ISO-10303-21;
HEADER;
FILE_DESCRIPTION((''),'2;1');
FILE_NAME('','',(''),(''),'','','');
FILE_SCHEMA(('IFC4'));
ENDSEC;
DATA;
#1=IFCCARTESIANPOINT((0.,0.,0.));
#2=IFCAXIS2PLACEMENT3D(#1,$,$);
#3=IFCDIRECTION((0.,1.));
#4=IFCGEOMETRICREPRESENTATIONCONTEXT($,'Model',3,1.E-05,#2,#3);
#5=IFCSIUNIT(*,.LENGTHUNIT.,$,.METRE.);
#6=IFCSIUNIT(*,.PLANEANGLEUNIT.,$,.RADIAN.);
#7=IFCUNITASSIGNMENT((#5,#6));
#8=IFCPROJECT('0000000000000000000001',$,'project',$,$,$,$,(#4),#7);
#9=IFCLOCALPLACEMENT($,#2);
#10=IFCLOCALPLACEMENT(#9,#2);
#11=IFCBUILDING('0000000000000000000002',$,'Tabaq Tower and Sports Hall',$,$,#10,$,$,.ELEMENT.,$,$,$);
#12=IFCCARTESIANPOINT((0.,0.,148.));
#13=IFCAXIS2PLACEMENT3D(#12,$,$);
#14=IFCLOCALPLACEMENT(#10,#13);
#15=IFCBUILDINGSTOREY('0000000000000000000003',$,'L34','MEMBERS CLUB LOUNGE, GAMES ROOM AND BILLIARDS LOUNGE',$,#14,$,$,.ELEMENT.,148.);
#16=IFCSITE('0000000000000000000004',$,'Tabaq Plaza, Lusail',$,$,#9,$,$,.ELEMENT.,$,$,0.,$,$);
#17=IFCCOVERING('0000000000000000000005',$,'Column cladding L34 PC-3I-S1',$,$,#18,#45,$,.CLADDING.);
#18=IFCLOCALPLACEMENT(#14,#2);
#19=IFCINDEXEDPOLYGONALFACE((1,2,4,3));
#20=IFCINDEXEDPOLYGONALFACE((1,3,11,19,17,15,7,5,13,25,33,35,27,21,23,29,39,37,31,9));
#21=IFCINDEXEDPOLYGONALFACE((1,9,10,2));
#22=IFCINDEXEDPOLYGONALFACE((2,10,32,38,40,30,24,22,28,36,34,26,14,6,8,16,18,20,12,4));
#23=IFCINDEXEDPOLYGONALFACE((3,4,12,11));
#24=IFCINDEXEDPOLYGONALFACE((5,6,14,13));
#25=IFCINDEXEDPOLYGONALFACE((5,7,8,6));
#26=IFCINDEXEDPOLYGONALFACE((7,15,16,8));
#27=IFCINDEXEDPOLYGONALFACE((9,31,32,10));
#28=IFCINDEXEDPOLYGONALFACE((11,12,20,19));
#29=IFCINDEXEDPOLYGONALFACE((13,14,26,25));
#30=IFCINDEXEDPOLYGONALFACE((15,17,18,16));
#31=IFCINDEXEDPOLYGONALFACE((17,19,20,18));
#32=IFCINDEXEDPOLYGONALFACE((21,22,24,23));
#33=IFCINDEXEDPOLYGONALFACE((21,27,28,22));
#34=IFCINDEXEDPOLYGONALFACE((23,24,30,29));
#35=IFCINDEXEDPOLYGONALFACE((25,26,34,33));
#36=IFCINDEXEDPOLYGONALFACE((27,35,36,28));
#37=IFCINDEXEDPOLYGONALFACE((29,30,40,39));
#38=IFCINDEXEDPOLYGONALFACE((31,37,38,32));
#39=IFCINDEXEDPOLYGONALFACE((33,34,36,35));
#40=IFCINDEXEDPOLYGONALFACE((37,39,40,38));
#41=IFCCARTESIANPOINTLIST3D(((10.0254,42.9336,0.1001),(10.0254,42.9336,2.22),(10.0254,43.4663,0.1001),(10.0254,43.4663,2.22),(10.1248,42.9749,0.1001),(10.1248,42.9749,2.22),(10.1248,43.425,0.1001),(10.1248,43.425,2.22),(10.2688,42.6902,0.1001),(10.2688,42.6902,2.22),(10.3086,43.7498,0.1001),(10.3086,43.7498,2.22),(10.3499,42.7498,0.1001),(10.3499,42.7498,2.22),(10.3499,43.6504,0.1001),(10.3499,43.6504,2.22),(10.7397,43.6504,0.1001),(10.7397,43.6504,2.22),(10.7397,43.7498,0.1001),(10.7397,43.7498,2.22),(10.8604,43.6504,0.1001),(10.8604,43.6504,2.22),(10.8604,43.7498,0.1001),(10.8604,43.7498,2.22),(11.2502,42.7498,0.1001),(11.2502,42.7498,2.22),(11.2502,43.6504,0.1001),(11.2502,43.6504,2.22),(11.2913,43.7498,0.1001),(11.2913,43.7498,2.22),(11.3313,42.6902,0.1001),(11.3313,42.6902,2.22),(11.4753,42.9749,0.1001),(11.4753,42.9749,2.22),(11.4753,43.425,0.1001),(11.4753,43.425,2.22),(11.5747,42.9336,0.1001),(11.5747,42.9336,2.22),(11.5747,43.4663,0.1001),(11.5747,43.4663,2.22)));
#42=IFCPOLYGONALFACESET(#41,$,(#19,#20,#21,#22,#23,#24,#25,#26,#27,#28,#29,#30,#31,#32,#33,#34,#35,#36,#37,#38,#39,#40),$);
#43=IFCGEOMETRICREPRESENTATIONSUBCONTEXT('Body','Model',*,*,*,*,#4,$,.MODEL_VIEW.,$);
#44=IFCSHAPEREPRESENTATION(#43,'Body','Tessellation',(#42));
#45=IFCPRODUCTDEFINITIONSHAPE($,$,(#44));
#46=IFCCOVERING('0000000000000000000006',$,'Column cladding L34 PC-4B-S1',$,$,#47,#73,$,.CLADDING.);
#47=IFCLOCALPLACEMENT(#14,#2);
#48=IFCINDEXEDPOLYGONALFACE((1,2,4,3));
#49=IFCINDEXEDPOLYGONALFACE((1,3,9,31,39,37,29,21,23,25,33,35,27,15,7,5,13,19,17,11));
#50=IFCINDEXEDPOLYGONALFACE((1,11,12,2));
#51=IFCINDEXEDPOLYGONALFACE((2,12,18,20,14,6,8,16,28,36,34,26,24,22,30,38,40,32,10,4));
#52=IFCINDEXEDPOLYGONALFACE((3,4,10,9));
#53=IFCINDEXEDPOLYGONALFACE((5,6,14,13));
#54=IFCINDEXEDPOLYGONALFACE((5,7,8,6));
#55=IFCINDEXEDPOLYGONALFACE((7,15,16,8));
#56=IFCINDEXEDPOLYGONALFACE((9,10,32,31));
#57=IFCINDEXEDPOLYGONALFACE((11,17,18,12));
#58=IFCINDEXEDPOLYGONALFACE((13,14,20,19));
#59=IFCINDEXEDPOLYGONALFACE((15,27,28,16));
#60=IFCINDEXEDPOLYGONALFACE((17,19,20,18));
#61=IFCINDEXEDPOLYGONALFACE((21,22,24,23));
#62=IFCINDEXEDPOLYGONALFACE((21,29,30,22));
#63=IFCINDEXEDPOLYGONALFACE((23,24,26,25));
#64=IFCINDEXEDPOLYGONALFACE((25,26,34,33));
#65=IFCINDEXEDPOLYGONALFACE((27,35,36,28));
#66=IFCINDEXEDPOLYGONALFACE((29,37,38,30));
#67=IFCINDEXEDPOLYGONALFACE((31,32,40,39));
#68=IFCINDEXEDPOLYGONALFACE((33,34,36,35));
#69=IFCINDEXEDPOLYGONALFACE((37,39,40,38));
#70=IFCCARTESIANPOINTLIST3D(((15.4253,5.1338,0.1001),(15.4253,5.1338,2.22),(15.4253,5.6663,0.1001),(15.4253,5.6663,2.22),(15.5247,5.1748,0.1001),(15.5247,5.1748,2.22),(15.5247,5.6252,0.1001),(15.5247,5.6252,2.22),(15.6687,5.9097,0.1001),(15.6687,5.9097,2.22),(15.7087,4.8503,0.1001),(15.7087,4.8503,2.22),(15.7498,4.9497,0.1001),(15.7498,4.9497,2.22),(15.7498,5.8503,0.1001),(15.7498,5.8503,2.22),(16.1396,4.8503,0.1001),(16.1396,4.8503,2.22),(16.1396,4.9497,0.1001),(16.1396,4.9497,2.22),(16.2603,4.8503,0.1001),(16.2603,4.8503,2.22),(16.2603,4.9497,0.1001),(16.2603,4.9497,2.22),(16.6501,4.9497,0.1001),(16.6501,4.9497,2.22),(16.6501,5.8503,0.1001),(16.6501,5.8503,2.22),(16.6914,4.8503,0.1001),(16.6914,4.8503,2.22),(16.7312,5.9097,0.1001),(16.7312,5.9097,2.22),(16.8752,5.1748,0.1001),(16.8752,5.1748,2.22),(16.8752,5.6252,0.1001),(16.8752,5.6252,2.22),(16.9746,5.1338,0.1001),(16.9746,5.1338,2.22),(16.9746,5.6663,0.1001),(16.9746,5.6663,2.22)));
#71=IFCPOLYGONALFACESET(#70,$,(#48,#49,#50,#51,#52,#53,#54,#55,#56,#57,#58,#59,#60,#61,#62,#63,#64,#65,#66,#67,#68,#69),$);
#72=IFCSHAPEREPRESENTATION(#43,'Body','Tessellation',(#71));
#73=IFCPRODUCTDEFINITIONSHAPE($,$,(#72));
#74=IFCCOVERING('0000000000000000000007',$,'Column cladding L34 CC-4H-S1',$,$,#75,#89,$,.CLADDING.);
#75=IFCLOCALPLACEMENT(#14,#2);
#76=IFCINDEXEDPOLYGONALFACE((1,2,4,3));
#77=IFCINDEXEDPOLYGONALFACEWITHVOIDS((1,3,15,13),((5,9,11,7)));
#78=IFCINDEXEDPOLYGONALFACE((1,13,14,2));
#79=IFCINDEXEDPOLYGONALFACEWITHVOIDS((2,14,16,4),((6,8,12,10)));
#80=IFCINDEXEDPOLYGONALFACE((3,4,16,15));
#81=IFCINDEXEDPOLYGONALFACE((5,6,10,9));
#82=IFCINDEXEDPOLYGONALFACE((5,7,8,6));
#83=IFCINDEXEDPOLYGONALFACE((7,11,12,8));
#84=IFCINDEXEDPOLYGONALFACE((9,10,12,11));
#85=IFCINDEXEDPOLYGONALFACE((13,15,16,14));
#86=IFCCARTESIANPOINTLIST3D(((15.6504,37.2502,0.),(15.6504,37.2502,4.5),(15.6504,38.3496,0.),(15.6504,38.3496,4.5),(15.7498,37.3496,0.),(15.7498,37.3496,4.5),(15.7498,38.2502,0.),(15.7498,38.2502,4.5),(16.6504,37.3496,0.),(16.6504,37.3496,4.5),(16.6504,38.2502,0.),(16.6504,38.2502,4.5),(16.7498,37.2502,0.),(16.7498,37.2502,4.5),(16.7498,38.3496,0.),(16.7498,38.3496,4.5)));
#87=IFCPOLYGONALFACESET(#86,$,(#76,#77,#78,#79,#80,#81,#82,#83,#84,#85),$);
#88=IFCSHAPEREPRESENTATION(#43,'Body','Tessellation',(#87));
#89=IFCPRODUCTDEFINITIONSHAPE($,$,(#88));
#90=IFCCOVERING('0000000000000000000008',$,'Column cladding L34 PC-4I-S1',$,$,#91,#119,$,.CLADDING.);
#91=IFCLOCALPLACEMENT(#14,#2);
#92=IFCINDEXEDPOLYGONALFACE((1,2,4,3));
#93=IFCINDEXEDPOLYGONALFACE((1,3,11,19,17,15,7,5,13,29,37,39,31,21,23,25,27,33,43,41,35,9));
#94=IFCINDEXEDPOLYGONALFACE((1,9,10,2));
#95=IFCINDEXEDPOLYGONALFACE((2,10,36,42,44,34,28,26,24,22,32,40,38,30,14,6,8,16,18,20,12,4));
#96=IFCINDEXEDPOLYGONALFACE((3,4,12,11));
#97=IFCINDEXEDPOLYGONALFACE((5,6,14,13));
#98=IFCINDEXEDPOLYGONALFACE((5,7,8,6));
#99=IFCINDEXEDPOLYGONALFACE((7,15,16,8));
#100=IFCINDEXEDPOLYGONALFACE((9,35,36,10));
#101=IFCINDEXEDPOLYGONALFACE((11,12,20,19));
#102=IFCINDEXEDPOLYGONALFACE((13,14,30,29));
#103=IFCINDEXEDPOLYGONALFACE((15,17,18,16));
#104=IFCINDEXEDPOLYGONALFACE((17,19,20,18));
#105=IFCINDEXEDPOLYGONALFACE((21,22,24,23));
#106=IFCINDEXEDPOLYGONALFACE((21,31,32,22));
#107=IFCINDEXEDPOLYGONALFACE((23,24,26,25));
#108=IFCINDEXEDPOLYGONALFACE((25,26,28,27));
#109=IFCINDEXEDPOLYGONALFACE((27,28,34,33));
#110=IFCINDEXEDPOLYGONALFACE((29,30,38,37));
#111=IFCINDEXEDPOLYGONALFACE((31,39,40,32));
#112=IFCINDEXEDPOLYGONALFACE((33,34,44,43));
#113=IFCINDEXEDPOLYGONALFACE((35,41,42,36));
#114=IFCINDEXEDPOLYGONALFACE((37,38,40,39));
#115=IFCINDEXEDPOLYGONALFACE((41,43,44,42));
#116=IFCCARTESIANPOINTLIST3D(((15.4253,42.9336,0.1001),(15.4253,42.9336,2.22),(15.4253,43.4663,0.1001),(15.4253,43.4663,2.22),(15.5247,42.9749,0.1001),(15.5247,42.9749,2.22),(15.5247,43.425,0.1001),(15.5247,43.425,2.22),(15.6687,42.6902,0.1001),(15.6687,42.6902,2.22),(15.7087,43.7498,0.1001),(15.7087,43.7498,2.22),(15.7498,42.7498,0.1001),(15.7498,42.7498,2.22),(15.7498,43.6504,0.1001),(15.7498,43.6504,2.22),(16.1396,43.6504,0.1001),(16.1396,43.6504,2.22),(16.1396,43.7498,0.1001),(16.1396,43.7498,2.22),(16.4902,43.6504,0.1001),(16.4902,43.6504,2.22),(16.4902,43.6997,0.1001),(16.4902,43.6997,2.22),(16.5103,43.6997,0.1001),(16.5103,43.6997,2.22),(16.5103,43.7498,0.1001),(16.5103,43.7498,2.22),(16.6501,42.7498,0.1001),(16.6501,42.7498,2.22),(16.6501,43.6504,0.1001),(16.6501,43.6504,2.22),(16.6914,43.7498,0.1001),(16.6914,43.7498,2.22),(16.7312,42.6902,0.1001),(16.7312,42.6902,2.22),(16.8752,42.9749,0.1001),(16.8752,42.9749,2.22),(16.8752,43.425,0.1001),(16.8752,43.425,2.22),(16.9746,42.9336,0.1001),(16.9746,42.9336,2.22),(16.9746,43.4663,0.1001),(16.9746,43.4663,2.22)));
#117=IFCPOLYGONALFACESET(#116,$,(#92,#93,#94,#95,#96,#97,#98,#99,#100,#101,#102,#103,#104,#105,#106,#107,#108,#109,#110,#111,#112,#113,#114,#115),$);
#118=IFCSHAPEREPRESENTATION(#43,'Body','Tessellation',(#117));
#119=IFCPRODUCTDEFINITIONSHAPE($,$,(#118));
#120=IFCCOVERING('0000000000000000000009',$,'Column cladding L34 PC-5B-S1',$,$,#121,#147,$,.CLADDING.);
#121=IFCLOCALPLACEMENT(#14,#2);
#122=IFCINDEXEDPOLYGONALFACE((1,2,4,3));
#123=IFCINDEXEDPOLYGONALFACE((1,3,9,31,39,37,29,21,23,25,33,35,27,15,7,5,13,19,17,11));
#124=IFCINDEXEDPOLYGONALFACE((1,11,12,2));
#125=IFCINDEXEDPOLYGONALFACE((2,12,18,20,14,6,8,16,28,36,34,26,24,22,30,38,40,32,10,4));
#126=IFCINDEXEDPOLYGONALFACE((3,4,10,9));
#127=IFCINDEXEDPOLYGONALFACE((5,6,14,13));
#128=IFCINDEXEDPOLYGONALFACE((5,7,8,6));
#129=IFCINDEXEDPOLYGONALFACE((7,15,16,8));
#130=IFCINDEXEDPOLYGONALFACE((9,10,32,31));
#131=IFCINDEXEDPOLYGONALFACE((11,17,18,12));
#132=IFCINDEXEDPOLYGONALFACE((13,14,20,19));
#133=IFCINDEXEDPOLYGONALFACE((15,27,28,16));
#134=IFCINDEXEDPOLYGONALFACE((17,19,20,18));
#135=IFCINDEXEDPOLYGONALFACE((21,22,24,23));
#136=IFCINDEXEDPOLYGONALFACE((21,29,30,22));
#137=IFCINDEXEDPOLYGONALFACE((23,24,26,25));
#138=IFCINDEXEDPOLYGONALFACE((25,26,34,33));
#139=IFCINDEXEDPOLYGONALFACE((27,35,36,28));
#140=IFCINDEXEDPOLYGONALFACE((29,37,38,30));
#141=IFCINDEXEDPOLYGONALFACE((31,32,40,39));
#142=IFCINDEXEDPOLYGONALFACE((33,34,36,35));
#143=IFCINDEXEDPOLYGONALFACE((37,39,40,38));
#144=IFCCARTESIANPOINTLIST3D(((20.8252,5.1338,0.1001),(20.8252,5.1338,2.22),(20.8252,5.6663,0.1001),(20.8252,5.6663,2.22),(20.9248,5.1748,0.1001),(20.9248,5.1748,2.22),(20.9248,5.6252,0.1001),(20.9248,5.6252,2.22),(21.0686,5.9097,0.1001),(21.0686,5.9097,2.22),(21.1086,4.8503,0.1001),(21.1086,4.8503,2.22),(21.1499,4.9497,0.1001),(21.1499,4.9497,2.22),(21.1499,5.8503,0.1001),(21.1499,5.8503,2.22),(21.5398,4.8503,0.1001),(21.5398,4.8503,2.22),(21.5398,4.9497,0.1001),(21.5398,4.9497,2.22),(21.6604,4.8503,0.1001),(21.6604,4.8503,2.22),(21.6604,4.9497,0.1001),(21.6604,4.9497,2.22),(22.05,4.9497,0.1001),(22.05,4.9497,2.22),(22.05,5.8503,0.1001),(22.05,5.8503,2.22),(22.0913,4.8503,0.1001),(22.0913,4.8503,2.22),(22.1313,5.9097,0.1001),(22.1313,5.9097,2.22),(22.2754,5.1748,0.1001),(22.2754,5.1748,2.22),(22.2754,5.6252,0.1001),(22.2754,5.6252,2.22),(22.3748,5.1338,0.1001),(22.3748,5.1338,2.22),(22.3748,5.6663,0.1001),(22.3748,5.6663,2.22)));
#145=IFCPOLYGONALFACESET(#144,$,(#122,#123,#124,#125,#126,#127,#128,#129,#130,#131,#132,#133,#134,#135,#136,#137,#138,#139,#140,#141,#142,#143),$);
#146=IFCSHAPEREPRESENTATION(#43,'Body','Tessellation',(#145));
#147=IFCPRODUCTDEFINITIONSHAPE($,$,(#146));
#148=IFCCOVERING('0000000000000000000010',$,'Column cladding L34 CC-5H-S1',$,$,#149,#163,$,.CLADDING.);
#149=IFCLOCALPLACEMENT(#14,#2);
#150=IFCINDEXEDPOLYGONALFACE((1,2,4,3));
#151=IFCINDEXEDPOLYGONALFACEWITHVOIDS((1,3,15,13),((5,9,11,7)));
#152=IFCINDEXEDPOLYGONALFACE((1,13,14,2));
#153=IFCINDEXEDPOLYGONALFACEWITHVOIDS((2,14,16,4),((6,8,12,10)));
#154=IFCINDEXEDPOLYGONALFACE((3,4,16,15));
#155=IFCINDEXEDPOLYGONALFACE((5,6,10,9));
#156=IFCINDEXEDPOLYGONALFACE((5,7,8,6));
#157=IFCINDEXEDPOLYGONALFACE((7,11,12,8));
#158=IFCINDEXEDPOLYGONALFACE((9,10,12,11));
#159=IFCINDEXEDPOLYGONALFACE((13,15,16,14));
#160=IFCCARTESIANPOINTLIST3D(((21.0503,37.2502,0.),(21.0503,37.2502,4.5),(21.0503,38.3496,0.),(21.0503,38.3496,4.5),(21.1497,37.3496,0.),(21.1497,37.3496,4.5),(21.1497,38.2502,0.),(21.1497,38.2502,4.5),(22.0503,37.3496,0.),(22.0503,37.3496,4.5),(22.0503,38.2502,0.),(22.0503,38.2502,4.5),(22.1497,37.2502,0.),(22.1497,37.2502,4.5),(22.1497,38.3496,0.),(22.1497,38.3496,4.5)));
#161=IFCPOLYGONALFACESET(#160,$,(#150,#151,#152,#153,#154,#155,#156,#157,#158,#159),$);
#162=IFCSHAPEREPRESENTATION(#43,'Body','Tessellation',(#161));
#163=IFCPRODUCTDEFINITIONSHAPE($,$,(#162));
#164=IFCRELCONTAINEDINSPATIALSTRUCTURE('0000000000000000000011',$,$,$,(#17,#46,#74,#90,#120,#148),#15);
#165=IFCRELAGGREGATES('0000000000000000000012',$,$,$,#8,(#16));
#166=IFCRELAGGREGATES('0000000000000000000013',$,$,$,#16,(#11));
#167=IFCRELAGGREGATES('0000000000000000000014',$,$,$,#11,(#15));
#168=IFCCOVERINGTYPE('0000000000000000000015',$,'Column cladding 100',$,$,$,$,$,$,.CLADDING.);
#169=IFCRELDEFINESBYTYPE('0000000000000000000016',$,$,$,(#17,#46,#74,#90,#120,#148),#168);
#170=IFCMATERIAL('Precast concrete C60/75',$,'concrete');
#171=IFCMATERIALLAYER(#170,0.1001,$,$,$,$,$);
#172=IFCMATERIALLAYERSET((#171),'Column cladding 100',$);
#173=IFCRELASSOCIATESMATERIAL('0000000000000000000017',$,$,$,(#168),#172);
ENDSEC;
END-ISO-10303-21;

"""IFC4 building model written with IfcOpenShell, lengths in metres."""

from ifc_helpers import new_model, si_unit, direction, frame, origin, place, context, subcontext, project, spatial, polyline, outline, extrude, material, layer, layer_set, type_object, element, save


model = new_model("IFC4")

# Units and contexts
model_context = context("Model", 3, precision=1e-05, world=origin(), true_north=direction((0.0, 1.0)))
body_context = subcontext(model_context, "Body", "Model", "MODEL_VIEW")
ifc_project = project(units=[si_unit("LENGTHUNIT", "METRE"), si_unit("PLANEANGLEUNIT", "RADIAN")], contexts=[model_context])

# Site, building, storey
site_placement = place(None, origin())
site = spatial("IfcSite", under=ifc_project, at=site_placement, Name="Tabaq Plaza, Lusail", CompositionType="ELEMENT", RefElevation=0.0)
building_placement = place(site_placement, origin())
building = spatial("IfcBuilding", under=site, at=building_placement, Name="Tabaq Tower and Sports Hall", CompositionType="ELEMENT")
storey_placement = place(building_placement, frame((0.0, 0.0, 148.0)))
storey = spatial("IfcBuildingStorey", under=building, at=storey_placement, Name="L34", Description="MEMBERS CLUB LOUNGE, GAMES ROOM AND BILLIARDS LOUNGE", CompositionType="ELEMENT", Elevation=148.0)

# Coverings
ifc_material_1 = material(Name="Precast concrete C60/75", Category="concrete")
ifc_layer_1 = layer(ifc_material_1, 0.1001)
ifc_layer_set_1 = layer_set([ifc_layer_1], Name="Column cladding 100")
covering_type = type_object("IfcCoveringType", Name="Column cladding 100", PredefinedType="CLADDING", material=ifc_layer_set_1)
covering_1_placement = place(storey_placement, frame((0.0, 0.0, 0.1001)))
element("IfcCovering", 1, at=covering_1_placement, inside=storey, type_object=covering_type, Name="Column cladding L34 PC-3I-S1", PredefinedType="CLADDING", context=body_context, shape_type="SweptSolid", body=[
    extrude(outline(polyline([(10.0254, 43.4663), (10.3086, 43.7498), (10.7397, 43.7498), (10.7397, 43.6504), (10.3499, 43.6504), (10.1248, 43.425), (10.1248, 42.9749), (10.3499, 42.7498), (11.2502, 42.7498), (11.4753, 42.9749), (11.4753, 43.425), (11.2502, 43.6504), (10.8604, 43.6504), (10.8604, 43.7498), (11.2913, 43.7498), (11.5747, 43.4663), (11.5747, 42.9336), (11.3313, 42.6902), (10.2688, 42.6902), (10.0254, 42.9336), (10.0254, 43.4663)])), origin(), (0.0, 0.0, 1.0), 2.1199),
])
covering_2_placement = place(storey_placement, frame((0.0, 0.0, 0.1001)))
element("IfcCovering", 2, at=covering_2_placement, inside=storey, type_object=covering_type, Name="Column cladding L34 PC-4B-S1", PredefinedType="CLADDING", context=body_context, shape_type="SweptSolid", body=[
    extrude(outline(polyline([(15.4253, 5.6663), (15.6687, 5.9097), (16.7312, 5.9097), (16.9746, 5.6663), (16.9746, 5.1338), (16.6914, 4.8503), (16.2603, 4.8503), (16.2603, 4.9497), (16.6501, 4.9497), (16.8752, 5.1748), (16.8752, 5.6252), (16.6501, 5.8503), (15.7498, 5.8503), (15.5247, 5.6252), (15.5247, 5.1748), (15.7498, 4.9497), (16.1396, 4.9497), (16.1396, 4.8503), (15.7087, 4.8503), (15.4253, 5.1338), (15.4253, 5.6663)])), origin(), (0.0, 0.0, 1.0), 2.1199),
])
covering_3_placement = place(storey_placement, origin())
element("IfcCovering", 3, at=covering_3_placement, inside=storey, type_object=covering_type, Name="Column cladding L34 CC-4H-S1", PredefinedType="CLADDING", context=body_context, shape_type="SweptSolid", body=[
    extrude(outline(polyline([(15.6504, 38.3496), (16.7498, 38.3496), (16.7498, 37.2502), (15.6504, 37.2502), (15.6504, 38.3496)]), holes=[polyline([(16.6504, 37.3496), (16.6504, 38.2502), (15.7498, 38.2502), (15.7498, 37.3496), (16.6504, 37.3496)])]), origin(), (0.0, 0.0, 1.0), 4.5),
])
covering_4_placement = place(storey_placement, frame((0.0, 0.0, 0.1001)))
element("IfcCovering", 4, at=covering_4_placement, inside=storey, type_object=covering_type, Name="Column cladding L34 PC-4I-S1", PredefinedType="CLADDING", context=body_context, shape_type="SweptSolid", body=[
    extrude(outline(polyline([(15.4253, 43.4663), (15.7087, 43.7498), (16.1396, 43.7498), (16.1396, 43.6504), (15.7498, 43.6504), (15.5247, 43.425), (15.5247, 42.9749), (15.7498, 42.7498), (16.6501, 42.7498), (16.8752, 42.9749), (16.8752, 43.425), (16.6501, 43.6504), (16.4902, 43.6504), (16.4902, 43.6997), (16.5103, 43.6997), (16.5103, 43.7498), (16.6914, 43.7498), (16.9746, 43.4663), (16.9746, 42.9336), (16.7312, 42.6902), (15.6687, 42.6902), (15.4253, 42.9336), (15.4253, 43.4663)])), origin(), (0.0, 0.0, 1.0), 2.1199),
])
covering_5_placement = place(storey_placement, frame((0.0, 0.0, 0.1001)))
element("IfcCovering", 5, at=covering_5_placement, inside=storey, type_object=covering_type, Name="Column cladding L34 PC-5B-S1", PredefinedType="CLADDING", context=body_context, shape_type="SweptSolid", body=[
    extrude(outline(polyline([(20.8252, 5.6663), (21.0686, 5.9097), (22.1313, 5.9097), (22.3748, 5.6663), (22.3748, 5.1338), (22.0913, 4.8503), (21.6604, 4.8503), (21.6604, 4.9497), (22.05, 4.9497), (22.2754, 5.1748), (22.2754, 5.6252), (22.05, 5.8503), (21.1499, 5.8503), (20.9248, 5.6252), (20.9248, 5.1748), (21.1499, 4.9497), (21.5398, 4.9497), (21.5398, 4.8503), (21.1086, 4.8503), (20.8252, 5.1338), (20.8252, 5.6663)])), origin(), (0.0, 0.0, 1.0), 2.1199),
])
covering_6_placement = place(storey_placement, origin())
element("IfcCovering", 6, at=covering_6_placement, inside=storey, type_object=covering_type, Name="Column cladding L34 CC-5H-S1", PredefinedType="CLADDING", context=body_context, shape_type="SweptSolid", body=[
    extrude(outline(polyline([(21.0503, 38.3496), (22.1497, 38.3496), (22.1497, 37.2502), (21.0503, 37.2502), (21.0503, 38.3496)]), holes=[polyline([(22.0503, 37.3496), (22.0503, 38.2502), (21.1497, 38.2502), (21.1497, 37.3496), (22.0503, 37.3496)])]), origin(), (0.0, 0.0, 1.0), 4.5),
])

save(model, "model.ifc")
